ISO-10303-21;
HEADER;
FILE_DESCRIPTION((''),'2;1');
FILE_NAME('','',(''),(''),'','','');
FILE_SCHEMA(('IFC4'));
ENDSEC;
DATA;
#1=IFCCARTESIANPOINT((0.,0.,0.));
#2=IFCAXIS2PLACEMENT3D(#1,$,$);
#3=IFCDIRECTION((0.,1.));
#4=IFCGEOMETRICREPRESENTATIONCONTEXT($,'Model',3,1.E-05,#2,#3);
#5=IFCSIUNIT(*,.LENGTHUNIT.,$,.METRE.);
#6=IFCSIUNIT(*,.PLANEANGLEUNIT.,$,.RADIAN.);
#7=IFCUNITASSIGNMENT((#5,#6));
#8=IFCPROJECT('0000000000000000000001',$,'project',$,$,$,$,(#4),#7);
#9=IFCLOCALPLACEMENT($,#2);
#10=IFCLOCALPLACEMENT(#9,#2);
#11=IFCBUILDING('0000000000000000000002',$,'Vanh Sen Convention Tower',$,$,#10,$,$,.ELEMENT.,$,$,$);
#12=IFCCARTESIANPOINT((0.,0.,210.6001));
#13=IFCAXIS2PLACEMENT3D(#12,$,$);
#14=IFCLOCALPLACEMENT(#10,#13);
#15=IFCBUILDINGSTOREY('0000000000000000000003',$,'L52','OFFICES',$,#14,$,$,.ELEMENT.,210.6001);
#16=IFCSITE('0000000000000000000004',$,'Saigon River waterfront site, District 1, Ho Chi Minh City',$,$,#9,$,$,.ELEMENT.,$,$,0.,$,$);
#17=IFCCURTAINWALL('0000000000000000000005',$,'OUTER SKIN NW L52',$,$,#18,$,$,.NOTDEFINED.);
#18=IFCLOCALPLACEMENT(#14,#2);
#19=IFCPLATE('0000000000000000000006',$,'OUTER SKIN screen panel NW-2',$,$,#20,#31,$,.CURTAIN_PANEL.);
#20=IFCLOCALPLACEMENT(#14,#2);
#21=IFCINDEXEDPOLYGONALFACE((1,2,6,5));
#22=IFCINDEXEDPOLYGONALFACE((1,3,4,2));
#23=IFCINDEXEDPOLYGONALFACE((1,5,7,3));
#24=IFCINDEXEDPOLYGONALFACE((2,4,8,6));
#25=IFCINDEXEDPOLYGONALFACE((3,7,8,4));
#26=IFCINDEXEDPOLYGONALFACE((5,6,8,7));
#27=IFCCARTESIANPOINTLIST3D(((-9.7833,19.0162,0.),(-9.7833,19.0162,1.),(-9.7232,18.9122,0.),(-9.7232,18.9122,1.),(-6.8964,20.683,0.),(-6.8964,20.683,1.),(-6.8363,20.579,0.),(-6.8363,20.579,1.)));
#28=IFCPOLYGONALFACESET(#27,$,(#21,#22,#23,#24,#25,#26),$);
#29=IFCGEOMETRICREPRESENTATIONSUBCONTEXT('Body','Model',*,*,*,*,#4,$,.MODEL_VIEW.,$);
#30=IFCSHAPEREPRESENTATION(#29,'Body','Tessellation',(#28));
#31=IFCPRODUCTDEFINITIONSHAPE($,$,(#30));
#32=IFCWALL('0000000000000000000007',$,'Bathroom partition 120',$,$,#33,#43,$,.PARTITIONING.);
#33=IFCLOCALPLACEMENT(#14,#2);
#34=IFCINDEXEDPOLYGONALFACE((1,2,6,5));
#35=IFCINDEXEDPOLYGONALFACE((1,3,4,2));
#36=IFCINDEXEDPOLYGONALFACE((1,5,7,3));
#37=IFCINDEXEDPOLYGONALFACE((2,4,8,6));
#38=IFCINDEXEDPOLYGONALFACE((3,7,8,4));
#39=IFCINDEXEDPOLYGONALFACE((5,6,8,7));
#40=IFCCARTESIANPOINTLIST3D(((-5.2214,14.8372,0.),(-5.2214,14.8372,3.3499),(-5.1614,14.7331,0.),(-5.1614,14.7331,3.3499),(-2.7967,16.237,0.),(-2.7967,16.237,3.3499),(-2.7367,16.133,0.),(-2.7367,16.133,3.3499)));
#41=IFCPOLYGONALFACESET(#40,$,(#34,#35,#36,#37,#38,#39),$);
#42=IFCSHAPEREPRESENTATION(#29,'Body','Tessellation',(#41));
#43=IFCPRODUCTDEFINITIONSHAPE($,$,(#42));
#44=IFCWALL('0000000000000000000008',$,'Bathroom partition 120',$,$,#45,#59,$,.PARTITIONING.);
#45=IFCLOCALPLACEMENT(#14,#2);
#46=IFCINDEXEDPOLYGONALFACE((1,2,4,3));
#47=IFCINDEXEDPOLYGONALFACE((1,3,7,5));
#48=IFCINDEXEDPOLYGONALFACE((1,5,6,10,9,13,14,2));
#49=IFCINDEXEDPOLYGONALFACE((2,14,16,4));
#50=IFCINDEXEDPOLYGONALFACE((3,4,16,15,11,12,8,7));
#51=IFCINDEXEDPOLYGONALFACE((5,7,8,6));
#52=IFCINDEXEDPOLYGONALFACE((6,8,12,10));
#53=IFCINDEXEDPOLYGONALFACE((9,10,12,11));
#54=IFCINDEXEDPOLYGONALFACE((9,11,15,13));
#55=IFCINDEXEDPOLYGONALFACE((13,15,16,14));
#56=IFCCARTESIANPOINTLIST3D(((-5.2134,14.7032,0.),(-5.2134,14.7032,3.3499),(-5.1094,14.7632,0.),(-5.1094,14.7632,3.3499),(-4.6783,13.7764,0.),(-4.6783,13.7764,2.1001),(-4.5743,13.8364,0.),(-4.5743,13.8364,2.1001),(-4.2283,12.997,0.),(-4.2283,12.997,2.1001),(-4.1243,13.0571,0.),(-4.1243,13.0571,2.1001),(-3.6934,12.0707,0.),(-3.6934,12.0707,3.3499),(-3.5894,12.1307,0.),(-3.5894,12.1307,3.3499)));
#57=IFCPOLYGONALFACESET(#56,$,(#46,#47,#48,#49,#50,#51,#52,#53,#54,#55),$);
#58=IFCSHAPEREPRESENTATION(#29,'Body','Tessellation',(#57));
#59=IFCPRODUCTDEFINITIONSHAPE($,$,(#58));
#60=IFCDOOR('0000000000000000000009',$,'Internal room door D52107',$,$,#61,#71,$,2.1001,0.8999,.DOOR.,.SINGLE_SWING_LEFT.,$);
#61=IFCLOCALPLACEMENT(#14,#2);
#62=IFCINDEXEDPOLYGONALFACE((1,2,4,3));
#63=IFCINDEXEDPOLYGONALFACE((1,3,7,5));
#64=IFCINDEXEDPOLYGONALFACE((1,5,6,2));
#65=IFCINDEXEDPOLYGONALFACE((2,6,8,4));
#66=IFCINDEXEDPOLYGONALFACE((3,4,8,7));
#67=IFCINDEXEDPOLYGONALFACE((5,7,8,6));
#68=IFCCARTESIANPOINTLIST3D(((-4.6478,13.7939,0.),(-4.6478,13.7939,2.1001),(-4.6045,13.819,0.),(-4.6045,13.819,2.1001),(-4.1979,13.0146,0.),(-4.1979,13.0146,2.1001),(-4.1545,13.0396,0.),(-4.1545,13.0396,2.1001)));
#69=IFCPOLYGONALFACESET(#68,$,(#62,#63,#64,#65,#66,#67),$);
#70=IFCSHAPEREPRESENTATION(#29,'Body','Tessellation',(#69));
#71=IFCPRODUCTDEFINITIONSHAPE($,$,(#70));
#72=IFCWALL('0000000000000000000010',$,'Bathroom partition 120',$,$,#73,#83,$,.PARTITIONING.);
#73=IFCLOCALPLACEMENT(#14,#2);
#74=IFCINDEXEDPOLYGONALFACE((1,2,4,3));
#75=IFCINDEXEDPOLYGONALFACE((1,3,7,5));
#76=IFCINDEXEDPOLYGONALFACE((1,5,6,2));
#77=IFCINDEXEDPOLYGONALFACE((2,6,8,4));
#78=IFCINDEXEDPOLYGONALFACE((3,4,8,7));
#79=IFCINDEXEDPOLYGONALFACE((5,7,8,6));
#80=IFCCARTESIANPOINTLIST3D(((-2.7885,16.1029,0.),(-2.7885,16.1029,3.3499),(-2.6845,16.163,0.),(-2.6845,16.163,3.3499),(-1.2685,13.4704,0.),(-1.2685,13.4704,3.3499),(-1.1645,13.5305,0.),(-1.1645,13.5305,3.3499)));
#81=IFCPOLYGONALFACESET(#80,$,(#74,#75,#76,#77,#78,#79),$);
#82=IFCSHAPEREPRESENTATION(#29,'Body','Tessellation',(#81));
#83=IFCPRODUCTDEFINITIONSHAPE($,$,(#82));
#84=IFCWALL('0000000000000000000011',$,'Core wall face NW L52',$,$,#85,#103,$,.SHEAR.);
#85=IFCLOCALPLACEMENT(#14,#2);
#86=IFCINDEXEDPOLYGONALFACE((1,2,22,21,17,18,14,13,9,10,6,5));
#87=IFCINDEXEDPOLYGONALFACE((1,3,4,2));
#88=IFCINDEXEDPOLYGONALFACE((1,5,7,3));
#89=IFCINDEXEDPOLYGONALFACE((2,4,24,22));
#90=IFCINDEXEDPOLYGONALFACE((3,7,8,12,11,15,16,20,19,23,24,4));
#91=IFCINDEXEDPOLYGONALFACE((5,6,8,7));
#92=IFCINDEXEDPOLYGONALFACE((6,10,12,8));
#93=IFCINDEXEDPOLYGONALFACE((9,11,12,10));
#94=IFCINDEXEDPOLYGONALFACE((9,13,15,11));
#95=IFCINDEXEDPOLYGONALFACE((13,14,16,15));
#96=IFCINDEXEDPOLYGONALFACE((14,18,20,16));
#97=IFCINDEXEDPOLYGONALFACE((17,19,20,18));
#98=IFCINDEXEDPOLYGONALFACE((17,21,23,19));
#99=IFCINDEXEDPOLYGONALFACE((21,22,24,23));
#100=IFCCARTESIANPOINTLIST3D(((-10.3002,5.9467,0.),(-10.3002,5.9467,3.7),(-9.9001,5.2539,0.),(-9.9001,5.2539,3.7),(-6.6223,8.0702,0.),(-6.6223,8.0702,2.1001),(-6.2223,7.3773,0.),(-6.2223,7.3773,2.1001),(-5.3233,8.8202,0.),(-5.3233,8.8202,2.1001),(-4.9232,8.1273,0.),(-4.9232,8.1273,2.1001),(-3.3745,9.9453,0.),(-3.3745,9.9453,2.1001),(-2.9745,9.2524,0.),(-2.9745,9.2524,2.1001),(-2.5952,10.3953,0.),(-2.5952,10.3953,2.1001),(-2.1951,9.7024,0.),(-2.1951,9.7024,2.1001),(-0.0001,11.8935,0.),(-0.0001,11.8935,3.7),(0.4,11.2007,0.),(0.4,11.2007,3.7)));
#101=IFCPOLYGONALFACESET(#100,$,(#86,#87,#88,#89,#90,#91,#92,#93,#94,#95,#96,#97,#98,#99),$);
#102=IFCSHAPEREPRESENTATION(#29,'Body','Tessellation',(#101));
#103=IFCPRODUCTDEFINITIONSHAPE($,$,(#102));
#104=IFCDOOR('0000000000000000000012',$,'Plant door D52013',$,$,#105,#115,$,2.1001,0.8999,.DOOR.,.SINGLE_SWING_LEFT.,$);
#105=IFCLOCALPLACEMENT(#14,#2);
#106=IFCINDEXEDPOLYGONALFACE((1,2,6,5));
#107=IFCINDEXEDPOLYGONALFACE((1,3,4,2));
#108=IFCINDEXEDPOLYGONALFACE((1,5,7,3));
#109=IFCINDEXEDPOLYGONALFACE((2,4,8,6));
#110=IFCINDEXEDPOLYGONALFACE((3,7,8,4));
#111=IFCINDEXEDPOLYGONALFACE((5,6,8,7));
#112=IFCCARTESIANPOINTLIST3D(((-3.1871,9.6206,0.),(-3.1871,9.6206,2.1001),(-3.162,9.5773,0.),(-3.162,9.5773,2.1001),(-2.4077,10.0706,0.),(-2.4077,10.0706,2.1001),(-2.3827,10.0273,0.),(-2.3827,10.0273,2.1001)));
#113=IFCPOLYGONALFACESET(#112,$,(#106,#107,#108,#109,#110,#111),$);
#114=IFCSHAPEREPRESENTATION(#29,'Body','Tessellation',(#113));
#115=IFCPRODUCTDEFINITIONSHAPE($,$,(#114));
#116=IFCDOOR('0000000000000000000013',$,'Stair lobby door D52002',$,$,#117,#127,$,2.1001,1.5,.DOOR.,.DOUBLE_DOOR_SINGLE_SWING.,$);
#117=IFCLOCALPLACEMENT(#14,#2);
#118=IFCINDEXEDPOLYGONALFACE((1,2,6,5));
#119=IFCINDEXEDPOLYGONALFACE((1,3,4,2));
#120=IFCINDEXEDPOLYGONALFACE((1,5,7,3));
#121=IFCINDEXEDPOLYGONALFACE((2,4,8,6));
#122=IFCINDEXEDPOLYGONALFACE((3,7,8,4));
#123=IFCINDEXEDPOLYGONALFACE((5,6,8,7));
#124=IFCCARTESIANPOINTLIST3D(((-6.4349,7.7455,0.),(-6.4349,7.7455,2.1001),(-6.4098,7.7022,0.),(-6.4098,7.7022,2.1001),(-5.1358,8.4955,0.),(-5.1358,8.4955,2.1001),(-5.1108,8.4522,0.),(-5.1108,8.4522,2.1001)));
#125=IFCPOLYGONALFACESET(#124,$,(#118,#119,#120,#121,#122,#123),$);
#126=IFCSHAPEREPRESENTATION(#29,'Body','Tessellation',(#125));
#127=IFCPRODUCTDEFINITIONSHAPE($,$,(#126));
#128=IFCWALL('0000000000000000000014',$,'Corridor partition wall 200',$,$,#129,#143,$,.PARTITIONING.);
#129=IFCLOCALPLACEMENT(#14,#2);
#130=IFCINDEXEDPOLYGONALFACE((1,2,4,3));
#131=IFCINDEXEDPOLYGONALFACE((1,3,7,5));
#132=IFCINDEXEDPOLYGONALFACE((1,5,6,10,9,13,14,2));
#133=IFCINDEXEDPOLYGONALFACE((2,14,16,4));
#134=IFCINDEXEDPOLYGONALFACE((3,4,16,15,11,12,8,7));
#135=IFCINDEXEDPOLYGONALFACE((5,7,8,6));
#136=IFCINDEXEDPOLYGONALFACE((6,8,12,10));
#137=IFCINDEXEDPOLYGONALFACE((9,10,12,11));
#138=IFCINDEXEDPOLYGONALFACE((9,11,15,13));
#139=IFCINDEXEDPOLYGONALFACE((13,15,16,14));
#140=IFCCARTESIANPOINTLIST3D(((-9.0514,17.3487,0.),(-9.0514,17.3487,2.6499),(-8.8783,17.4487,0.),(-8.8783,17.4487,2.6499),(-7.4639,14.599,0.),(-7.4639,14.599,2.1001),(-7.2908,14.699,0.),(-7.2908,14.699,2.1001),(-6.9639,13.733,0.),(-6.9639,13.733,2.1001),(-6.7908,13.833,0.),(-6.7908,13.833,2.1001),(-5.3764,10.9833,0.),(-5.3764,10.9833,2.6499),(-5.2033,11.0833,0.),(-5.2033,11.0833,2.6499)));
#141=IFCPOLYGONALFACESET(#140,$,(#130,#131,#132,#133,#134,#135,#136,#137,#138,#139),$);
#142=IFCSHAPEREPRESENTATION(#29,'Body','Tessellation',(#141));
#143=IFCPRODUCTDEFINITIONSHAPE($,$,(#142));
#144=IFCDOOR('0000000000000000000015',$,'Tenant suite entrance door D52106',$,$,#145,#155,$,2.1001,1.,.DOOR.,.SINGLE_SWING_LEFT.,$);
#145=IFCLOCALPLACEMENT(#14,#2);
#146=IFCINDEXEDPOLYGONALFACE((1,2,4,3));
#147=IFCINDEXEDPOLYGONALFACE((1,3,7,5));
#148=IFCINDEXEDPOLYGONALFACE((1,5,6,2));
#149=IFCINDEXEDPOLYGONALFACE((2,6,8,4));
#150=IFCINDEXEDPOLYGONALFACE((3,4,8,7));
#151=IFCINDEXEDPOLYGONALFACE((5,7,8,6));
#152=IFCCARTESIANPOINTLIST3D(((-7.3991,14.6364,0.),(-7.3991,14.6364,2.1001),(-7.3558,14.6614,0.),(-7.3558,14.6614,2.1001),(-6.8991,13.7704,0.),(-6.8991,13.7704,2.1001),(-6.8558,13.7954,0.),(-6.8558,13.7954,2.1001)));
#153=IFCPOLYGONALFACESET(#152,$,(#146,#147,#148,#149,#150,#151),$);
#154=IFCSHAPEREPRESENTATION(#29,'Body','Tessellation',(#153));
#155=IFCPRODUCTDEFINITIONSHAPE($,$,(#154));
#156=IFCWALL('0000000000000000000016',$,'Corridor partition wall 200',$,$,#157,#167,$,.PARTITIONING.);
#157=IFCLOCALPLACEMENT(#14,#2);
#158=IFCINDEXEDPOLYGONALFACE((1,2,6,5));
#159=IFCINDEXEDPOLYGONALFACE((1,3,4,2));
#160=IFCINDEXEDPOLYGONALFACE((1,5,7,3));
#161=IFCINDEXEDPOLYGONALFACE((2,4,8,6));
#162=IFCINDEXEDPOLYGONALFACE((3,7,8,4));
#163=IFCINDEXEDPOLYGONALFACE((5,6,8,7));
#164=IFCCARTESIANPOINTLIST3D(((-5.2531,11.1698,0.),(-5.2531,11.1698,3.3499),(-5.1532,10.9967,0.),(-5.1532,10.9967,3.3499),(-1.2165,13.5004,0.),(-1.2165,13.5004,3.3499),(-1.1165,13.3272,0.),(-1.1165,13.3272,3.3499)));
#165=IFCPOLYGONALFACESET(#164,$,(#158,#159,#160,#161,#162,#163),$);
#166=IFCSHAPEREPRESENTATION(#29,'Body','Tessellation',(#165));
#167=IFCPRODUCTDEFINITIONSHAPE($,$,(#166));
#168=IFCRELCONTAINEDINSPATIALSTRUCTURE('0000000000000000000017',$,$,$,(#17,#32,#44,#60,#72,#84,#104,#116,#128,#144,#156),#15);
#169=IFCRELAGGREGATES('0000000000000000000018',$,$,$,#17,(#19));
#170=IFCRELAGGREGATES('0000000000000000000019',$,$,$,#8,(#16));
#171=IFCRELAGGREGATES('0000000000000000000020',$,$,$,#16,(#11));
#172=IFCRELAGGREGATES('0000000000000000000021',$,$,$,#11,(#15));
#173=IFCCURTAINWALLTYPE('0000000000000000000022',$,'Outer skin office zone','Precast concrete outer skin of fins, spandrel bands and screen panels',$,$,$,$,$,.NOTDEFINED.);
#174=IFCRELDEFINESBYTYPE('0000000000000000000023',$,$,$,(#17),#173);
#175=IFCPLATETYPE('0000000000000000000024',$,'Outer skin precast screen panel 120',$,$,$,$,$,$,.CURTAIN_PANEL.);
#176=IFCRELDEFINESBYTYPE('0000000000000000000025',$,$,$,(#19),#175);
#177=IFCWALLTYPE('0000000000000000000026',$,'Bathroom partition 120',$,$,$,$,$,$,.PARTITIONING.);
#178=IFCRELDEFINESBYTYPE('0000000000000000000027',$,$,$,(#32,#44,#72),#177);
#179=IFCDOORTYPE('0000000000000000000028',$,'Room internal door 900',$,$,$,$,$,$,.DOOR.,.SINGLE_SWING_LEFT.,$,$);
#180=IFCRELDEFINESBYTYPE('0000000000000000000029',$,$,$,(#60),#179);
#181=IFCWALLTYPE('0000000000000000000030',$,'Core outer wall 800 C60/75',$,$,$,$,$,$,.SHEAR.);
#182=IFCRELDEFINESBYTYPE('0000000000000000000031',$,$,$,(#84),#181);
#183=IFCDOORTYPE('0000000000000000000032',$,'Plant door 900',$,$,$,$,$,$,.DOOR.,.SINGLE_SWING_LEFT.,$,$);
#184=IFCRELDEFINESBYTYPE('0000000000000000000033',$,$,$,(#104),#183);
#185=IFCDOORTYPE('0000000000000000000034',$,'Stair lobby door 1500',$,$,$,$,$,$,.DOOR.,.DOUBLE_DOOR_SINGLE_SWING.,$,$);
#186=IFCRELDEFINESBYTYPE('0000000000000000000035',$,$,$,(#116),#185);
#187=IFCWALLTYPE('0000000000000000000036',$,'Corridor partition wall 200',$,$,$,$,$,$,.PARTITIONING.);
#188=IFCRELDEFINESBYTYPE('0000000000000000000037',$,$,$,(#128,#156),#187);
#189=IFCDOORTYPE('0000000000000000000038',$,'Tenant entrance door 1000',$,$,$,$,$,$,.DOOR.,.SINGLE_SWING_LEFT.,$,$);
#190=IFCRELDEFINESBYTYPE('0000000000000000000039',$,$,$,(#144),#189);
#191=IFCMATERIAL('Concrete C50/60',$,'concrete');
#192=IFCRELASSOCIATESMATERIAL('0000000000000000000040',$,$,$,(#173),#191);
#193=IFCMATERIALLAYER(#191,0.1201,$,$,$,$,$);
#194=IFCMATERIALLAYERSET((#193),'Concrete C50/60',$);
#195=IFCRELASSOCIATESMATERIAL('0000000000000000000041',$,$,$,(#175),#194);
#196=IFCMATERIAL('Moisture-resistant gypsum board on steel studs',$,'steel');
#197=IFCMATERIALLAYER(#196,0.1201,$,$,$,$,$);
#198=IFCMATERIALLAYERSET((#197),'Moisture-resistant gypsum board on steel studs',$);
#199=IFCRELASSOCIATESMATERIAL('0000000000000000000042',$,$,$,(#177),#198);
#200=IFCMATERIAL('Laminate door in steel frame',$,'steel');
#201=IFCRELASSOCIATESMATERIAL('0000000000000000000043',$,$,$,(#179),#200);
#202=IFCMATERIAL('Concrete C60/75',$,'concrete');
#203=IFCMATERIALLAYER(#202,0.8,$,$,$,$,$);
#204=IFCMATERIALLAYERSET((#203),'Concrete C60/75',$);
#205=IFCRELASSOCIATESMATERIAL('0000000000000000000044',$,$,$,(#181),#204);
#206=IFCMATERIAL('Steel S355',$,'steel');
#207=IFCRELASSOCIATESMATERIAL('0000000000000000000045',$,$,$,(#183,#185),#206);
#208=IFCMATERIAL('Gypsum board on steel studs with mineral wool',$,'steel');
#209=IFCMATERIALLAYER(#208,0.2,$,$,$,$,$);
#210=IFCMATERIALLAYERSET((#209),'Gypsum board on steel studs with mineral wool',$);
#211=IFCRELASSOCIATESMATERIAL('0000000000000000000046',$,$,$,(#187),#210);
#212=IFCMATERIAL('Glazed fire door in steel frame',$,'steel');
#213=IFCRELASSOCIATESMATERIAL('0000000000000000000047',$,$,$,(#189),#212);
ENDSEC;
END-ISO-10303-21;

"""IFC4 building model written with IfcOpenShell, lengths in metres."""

from ifc_helpers import new_model, si_unit, direction, frame, frame_2d, origin, origin_2d, place, context, subcontext, project, spatial, rectangle, extrude, material, layer, layer_set, type_object, element, fill, aggregate, save


model = new_model("IFC4")

# Units and contexts
model_context = context("Model", 3, precision=1e-05, world=origin(), true_north=direction((0.0, 1.0)))
body_context = subcontext(model_context, "Body", "Model", "MODEL_VIEW")
ifc_project = project(units=[si_unit("LENGTHUNIT", "METRE"), si_unit("PLANEANGLEUNIT", "RADIAN")], contexts=[model_context])

# Site, building, storey
site_placement = place(None, origin())
site = spatial("IfcSite", under=ifc_project, at=site_placement, Name="Saigon River waterfront site, District 1, Ho Chi Minh City", CompositionType="ELEMENT", RefElevation=0.0)
building_placement = place(site_placement, origin())
building = spatial("IfcBuilding", under=site, at=building_placement, Name="Vanh Sen Convention Tower", CompositionType="ELEMENT")
storey_placement = place(building_placement, frame((0.0, 0.0, 210.6001)))
storey = spatial("IfcBuildingStorey", under=building, at=storey_placement, Name="L52", Description="OFFICES", CompositionType="ELEMENT", Elevation=210.6001)

# Shared definitions
ifc_material_1 = material(Name="Concrete C60/75", Category="concrete")

# Curtain wall
ifc_material_2 = material(Name="Concrete C50/60", Category="concrete")
curtain_wall_type = type_object("IfcCurtainWallType", Name="Outer skin office zone", Description="Precast concrete outer skin of fins, spandrel bands and screen panels", PredefinedType="NOTDEFINED", material=ifc_material_2)
curtain_wall_1_placement = place(storey_placement, origin())
curtain_wall_1 = element("IfcCurtainWall", 1, at=curtain_wall_1_placement, inside=storey, type_object=curtain_wall_type, Name="OUTER SKIN NW L52", PredefinedType="NOTDEFINED")

# Shared definitions
ifc_layer_1 = layer(ifc_material_2, 0.1201)
ifc_layer_set_1 = layer_set([ifc_layer_1], Name="Concrete C50/60")
plate_type = type_object("IfcPlateType", Name="Outer skin precast screen panel 120", PredefinedType="CURTAIN_PANEL", material=ifc_layer_set_1)

# Plate
plate_1_placement = place(storey_placement, frame((-8.3098, 19.7976, 0.0), z_axis=(0.0, 0.0, 1.0), x_axis=(-0.866026, -0.499998, 0.0)))
plate_1 = element("IfcPlate", 2, at=plate_1_placement, type_object=plate_type, Name="OUTER SKIN screen panel NW-2", PredefinedType="CURTAIN_PANEL", context=body_context, shape_type="SweptSolid", body=[
    extrude(rectangle(XDim=3.3335, YDim=0.1201, at=origin_2d()), origin(), (0.0, 0.0, 1.0), 1.0),
])
aggregate(curtain_wall_1, [plate_1])

# Wall
ifc_material_3 = material(Name="Moisture-resistant gypsum board on steel studs", Category="steel")
ifc_layer_2 = layer(ifc_material_3, 0.1201)
ifc_layer_set_2 = layer_set([ifc_layer_2], Name="Moisture-resistant gypsum board on steel studs")
wall_type_1 = type_object("IfcWallType", Name="Bathroom partition 120", PredefinedType="PARTITIONING", material=ifc_layer_set_2)
wall_1_placement = place(storey_placement, frame((-5.1914, 14.7852, 0.0), z_axis=(0.0, 0.0, 1.0), x_axis=(0.866035, 0.499984, 0.0)))
element("IfcWall", 3, at=wall_1_placement, inside=storey, type_object=wall_type_1, Name="Bathroom partition 120", PredefinedType="PARTITIONING", context=body_context, shape_type="SweptSolid", body=[
    extrude(rectangle(XDim=2.7998, YDim=0.1201, at=frame_2d((1.3999, 0.0))), origin(), (0.0, 0.0, 1.0), 3.3499),
])

# Wall, opening, door
wall_2_placement = place(storey_placement, frame((-3.6414, 12.1006, 0.0), z_axis=(0.0, 0.0, 1.0), x_axis=(-0.500026, 0.86601, 0.0)))
wall_2 = element("IfcWall", 4, at=wall_2_placement, inside=storey, type_object=wall_type_1, Name="Bathroom partition 120", PredefinedType="PARTITIONING", context=body_context, shape_type="SweptSolid", body=[
    extrude(rectangle(XDim=3.0398, YDim=0.1201, at=frame_2d((1.52, 0.0))), origin(), (0.0, 0.0, 1.0), 3.3499),
])
opening_1_placement = place(wall_2_placement, frame((1.0698, 0.0, 0.0)))
opening_1 = element("IfcOpeningElement", 5, at=opening_1_placement, cuts=wall_2, PredefinedType="OPENING", context=body_context, shape_type="SweptSolid", body=[
    extrude(rectangle(XDim=0.8999, YDim=2.1001, at=frame_2d((0.45, 1.05))), frame((0.0, 0.0701, 0.0), z_axis=(0.0, -1.0, 0.0), x_axis=(1.0, 0.0, 0.0)), (0.0, 0.0, 1.0), 0.1401),
])
ifc_material_4 = material(Name="Laminate door in steel frame", Category="steel")
door_type_1 = type_object("IfcDoorType", Name="Room internal door 900", OperationType="SINGLE_SWING_LEFT", PredefinedType="DOOR", material=ifc_material_4)
door_1_placement = place(opening_1_placement, origin())
door_1 = element("IfcDoor", 6, at=door_1_placement, inside=storey, type_object=door_type_1, Name="Internal room door D52107", OperationType="SINGLE_SWING_LEFT", OverallHeight=2.1001, OverallWidth=0.8999, PredefinedType="DOOR", context=body_context, shape_type="SweptSolid", body=[
    extrude(rectangle(XDim=0.8999, YDim=2.1001, at=frame_2d((0.45, 1.05))), frame((0.0, 0.0249, 0.0), z_axis=(0.0, -1.0, 0.0), x_axis=(1.0, 0.0, 0.0)), (0.0, 0.0, 1.0), 0.05),
])
fill(opening_1, door_1)

# Wall
wall_3_placement = place(storey_placement, frame((-2.7366, 16.1331, 0.0), z_axis=(0.0, 0.0, 1.0), x_axis=(0.500026, -0.86601, 0.0)))
element("IfcWall", 7, at=wall_3_placement, inside=storey, type_object=wall_type_1, Name="Bathroom partition 120", PredefinedType="PARTITIONING", context=body_context, shape_type="SweptSolid", body=[
    extrude(rectangle(XDim=3.0398, YDim=0.1201, at=frame_2d((1.52, 0.0))), origin(), (0.0, 0.0, 1.0), 3.3499),
])

# Wall, openings, doors
ifc_layer_3 = layer(ifc_material_1, 0.8)
ifc_layer_set_3 = layer_set([ifc_layer_3], Name="Concrete C60/75")
wall_type_2 = type_object("IfcWallType", Name="Core outer wall 800 C60/75", PredefinedType="SHEAR", material=ifc_layer_set_3)
wall_4_placement = place(storey_placement, frame((0.2, 11.5471, 0.0), z_axis=(0.0, 0.0, 1.0), x_axis=(-0.866024, -0.500003, 0.0)))
wall_4 = element("IfcWall", 8, at=wall_4_placement, inside=storey, type_object=wall_type_2, Name="Core wall face NW L52", PredefinedType="SHEAR", context=body_context, shape_type="SweptSolid", body=[
    extrude(rectangle(XDim=11.8936, YDim=0.8, at=frame_2d((5.9468, 0.0))), origin(), (0.0, 0.0, 1.0), 3.7),
])
opening_2_placement = place(wall_4_placement, frame((6.1467, 0.0, 0.0)))
opening_2 = element("IfcOpeningElement", 9, at=opening_2_placement, cuts=wall_4, PredefinedType="OPENING", context=body_context, shape_type="SweptSolid", body=[
    extrude(rectangle(XDim=1.5, YDim=2.1001, at=frame_2d((0.75, 1.05))), frame((0.0, 0.4099, 0.0), z_axis=(0.0, -1.0, 0.0), x_axis=(1.0, 0.0, 0.0)), (0.0, 0.0, 1.0), 0.8201),
])
opening_3_placement = place(wall_4_placement, frame((2.9966, 0.0, 0.0)))
opening_3 = element("IfcOpeningElement", 10, at=opening_3_placement, cuts=wall_4, PredefinedType="OPENING", context=body_context, shape_type="SweptSolid", body=[
    extrude(rectangle(XDim=0.8999, YDim=2.1001, at=frame_2d((0.45, 1.05))), frame((0.0, 0.4099, 0.0), z_axis=(0.0, -1.0, 0.0), x_axis=(1.0, 0.0, 0.0)), (0.0, 0.0, 1.0), 0.8201),
])
ifc_material_5 = material(Name="Steel S355", Category="steel")
door_type_2 = type_object("IfcDoorType", Name="Plant door 900", OperationType="SINGLE_SWING_LEFT", PredefinedType="DOOR", material=ifc_material_5)
door_2_placement = place(opening_3_placement, origin())
door_2 = element("IfcDoor", 11, at=door_2_placement, inside=storey, type_object=door_type_2, Name="Plant door D52013", OperationType="SINGLE_SWING_LEFT", OverallHeight=2.1001, OverallWidth=0.8999, PredefinedType="DOOR", context=body_context, shape_type="SweptSolid", body=[
    extrude(rectangle(XDim=0.8999, YDim=2.1001, at=frame_2d((0.45, 1.05))), frame((0.0, 0.0249, 0.0), z_axis=(0.0, -1.0, 0.0), x_axis=(1.0, 0.0, 0.0)), (0.0, 0.0, 1.0), 0.05),
])
fill(opening_3, door_2)
door_type_3 = type_object("IfcDoorType", Name="Stair lobby door 1500", OperationType="DOUBLE_DOOR_SINGLE_SWING", PredefinedType="DOOR", material=ifc_material_5)
door_3_placement = place(opening_2_placement, origin())
door_3 = element("IfcDoor", 12, at=door_3_placement, inside=storey, type_object=door_type_3, Name="Stair lobby door D52002", OperationType="DOUBLE_DOOR_SINGLE_SWING", OverallHeight=2.1001, OverallWidth=1.5, PredefinedType="DOOR", context=body_context, shape_type="SweptSolid", body=[
    extrude(rectangle(XDim=1.5, YDim=2.1001, at=frame_2d((0.75, 1.05))), frame((0.0, 0.0249, 0.0), z_axis=(0.0, -1.0, 0.0), x_axis=(1.0, 0.0, 0.0)), (0.0, 0.0, 1.0), 0.05),
])
fill(opening_2, door_3)

# Wall, opening, door
ifc_material_6 = material(Name="Gypsum board on steel studs with mineral wool", Category="steel")
ifc_layer_4 = layer(ifc_material_6, 0.2)
ifc_layer_set_4 = layer_set([ifc_layer_4], Name="Gypsum board on steel studs with mineral wool")
wall_type_3 = type_object("IfcWallType", Name="Corridor partition wall 200", PredefinedType="PARTITIONING", material=ifc_layer_set_4)
wall_5_placement = place(storey_placement, frame((-8.9648, 17.3987, 0.0), z_axis=(0.0, 0.0, 1.0), x_axis=(0.499994, -0.866029, 0.0)))
wall_5 = element("IfcWall", 13, at=wall_5_placement, inside=storey, type_object=wall_type_3, Name="Corridor partition wall 200", PredefinedType="PARTITIONING", context=body_context, shape_type="SweptSolid", body=[
    extrude(rectangle(XDim=7.3501, YDim=0.2, at=frame_2d((3.675, 0.0))), origin(), (0.0, 0.0, 1.0), 2.6499),
])
opening_4_placement = place(wall_5_placement, frame((3.175, 0.0, 0.0)))
opening_4 = element("IfcOpeningElement", 14, at=opening_4_placement, cuts=wall_5, PredefinedType="OPENING", context=body_context, shape_type="SweptSolid", body=[
    extrude(rectangle(XDim=1.0, YDim=2.1001, at=frame_2d((0.5, 1.05))), frame((0.0, 0.1099, 0.0), z_axis=(0.0, -1.0, 0.0), x_axis=(1.0, 0.0, 0.0)), (0.0, 0.0, 1.0), 0.22),
])
ifc_material_7 = material(Name="Glazed fire door in steel frame", Category="steel")
door_type_4 = type_object("IfcDoorType", Name="Tenant entrance door 1000", OperationType="SINGLE_SWING_LEFT", PredefinedType="DOOR", material=ifc_material_7)
door_4_placement = place(opening_4_placement, origin())
door_4 = element("IfcDoor", 15, at=door_4_placement, inside=storey, type_object=door_type_4, Name="Tenant suite entrance door D52106", OperationType="SINGLE_SWING_LEFT", OverallHeight=2.1001, OverallWidth=1.0, PredefinedType="DOOR", context=body_context, shape_type="SweptSolid", body=[
    extrude(rectangle(XDim=1.0, YDim=2.1001, at=frame_2d((0.5, 1.05))), frame((0.0, 0.0249, 0.0), z_axis=(0.0, -1.0, 0.0), x_axis=(1.0, 0.0, 0.0)), (0.0, 0.0, 1.0), 0.05),
])
fill(opening_4, door_4)

# Wall
wall_6_placement = place(storey_placement, frame((-1.1665, 13.4138, 0.0), z_axis=(0.0, 0.0, 1.0), x_axis=(-0.866023, -0.500004, 0.0)))
element("IfcWall", 16, at=wall_6_placement, inside=storey, type_object=wall_type_3, Name="Corridor partition wall 200", PredefinedType="PARTITIONING", context=body_context, shape_type="SweptSolid", body=[
    extrude(rectangle(XDim=4.6611, YDim=0.2, at=frame_2d((2.3306, 0.0))), origin(), (0.0, 0.0, 1.0), 3.3499),
])

save(model, "model.ifc")
